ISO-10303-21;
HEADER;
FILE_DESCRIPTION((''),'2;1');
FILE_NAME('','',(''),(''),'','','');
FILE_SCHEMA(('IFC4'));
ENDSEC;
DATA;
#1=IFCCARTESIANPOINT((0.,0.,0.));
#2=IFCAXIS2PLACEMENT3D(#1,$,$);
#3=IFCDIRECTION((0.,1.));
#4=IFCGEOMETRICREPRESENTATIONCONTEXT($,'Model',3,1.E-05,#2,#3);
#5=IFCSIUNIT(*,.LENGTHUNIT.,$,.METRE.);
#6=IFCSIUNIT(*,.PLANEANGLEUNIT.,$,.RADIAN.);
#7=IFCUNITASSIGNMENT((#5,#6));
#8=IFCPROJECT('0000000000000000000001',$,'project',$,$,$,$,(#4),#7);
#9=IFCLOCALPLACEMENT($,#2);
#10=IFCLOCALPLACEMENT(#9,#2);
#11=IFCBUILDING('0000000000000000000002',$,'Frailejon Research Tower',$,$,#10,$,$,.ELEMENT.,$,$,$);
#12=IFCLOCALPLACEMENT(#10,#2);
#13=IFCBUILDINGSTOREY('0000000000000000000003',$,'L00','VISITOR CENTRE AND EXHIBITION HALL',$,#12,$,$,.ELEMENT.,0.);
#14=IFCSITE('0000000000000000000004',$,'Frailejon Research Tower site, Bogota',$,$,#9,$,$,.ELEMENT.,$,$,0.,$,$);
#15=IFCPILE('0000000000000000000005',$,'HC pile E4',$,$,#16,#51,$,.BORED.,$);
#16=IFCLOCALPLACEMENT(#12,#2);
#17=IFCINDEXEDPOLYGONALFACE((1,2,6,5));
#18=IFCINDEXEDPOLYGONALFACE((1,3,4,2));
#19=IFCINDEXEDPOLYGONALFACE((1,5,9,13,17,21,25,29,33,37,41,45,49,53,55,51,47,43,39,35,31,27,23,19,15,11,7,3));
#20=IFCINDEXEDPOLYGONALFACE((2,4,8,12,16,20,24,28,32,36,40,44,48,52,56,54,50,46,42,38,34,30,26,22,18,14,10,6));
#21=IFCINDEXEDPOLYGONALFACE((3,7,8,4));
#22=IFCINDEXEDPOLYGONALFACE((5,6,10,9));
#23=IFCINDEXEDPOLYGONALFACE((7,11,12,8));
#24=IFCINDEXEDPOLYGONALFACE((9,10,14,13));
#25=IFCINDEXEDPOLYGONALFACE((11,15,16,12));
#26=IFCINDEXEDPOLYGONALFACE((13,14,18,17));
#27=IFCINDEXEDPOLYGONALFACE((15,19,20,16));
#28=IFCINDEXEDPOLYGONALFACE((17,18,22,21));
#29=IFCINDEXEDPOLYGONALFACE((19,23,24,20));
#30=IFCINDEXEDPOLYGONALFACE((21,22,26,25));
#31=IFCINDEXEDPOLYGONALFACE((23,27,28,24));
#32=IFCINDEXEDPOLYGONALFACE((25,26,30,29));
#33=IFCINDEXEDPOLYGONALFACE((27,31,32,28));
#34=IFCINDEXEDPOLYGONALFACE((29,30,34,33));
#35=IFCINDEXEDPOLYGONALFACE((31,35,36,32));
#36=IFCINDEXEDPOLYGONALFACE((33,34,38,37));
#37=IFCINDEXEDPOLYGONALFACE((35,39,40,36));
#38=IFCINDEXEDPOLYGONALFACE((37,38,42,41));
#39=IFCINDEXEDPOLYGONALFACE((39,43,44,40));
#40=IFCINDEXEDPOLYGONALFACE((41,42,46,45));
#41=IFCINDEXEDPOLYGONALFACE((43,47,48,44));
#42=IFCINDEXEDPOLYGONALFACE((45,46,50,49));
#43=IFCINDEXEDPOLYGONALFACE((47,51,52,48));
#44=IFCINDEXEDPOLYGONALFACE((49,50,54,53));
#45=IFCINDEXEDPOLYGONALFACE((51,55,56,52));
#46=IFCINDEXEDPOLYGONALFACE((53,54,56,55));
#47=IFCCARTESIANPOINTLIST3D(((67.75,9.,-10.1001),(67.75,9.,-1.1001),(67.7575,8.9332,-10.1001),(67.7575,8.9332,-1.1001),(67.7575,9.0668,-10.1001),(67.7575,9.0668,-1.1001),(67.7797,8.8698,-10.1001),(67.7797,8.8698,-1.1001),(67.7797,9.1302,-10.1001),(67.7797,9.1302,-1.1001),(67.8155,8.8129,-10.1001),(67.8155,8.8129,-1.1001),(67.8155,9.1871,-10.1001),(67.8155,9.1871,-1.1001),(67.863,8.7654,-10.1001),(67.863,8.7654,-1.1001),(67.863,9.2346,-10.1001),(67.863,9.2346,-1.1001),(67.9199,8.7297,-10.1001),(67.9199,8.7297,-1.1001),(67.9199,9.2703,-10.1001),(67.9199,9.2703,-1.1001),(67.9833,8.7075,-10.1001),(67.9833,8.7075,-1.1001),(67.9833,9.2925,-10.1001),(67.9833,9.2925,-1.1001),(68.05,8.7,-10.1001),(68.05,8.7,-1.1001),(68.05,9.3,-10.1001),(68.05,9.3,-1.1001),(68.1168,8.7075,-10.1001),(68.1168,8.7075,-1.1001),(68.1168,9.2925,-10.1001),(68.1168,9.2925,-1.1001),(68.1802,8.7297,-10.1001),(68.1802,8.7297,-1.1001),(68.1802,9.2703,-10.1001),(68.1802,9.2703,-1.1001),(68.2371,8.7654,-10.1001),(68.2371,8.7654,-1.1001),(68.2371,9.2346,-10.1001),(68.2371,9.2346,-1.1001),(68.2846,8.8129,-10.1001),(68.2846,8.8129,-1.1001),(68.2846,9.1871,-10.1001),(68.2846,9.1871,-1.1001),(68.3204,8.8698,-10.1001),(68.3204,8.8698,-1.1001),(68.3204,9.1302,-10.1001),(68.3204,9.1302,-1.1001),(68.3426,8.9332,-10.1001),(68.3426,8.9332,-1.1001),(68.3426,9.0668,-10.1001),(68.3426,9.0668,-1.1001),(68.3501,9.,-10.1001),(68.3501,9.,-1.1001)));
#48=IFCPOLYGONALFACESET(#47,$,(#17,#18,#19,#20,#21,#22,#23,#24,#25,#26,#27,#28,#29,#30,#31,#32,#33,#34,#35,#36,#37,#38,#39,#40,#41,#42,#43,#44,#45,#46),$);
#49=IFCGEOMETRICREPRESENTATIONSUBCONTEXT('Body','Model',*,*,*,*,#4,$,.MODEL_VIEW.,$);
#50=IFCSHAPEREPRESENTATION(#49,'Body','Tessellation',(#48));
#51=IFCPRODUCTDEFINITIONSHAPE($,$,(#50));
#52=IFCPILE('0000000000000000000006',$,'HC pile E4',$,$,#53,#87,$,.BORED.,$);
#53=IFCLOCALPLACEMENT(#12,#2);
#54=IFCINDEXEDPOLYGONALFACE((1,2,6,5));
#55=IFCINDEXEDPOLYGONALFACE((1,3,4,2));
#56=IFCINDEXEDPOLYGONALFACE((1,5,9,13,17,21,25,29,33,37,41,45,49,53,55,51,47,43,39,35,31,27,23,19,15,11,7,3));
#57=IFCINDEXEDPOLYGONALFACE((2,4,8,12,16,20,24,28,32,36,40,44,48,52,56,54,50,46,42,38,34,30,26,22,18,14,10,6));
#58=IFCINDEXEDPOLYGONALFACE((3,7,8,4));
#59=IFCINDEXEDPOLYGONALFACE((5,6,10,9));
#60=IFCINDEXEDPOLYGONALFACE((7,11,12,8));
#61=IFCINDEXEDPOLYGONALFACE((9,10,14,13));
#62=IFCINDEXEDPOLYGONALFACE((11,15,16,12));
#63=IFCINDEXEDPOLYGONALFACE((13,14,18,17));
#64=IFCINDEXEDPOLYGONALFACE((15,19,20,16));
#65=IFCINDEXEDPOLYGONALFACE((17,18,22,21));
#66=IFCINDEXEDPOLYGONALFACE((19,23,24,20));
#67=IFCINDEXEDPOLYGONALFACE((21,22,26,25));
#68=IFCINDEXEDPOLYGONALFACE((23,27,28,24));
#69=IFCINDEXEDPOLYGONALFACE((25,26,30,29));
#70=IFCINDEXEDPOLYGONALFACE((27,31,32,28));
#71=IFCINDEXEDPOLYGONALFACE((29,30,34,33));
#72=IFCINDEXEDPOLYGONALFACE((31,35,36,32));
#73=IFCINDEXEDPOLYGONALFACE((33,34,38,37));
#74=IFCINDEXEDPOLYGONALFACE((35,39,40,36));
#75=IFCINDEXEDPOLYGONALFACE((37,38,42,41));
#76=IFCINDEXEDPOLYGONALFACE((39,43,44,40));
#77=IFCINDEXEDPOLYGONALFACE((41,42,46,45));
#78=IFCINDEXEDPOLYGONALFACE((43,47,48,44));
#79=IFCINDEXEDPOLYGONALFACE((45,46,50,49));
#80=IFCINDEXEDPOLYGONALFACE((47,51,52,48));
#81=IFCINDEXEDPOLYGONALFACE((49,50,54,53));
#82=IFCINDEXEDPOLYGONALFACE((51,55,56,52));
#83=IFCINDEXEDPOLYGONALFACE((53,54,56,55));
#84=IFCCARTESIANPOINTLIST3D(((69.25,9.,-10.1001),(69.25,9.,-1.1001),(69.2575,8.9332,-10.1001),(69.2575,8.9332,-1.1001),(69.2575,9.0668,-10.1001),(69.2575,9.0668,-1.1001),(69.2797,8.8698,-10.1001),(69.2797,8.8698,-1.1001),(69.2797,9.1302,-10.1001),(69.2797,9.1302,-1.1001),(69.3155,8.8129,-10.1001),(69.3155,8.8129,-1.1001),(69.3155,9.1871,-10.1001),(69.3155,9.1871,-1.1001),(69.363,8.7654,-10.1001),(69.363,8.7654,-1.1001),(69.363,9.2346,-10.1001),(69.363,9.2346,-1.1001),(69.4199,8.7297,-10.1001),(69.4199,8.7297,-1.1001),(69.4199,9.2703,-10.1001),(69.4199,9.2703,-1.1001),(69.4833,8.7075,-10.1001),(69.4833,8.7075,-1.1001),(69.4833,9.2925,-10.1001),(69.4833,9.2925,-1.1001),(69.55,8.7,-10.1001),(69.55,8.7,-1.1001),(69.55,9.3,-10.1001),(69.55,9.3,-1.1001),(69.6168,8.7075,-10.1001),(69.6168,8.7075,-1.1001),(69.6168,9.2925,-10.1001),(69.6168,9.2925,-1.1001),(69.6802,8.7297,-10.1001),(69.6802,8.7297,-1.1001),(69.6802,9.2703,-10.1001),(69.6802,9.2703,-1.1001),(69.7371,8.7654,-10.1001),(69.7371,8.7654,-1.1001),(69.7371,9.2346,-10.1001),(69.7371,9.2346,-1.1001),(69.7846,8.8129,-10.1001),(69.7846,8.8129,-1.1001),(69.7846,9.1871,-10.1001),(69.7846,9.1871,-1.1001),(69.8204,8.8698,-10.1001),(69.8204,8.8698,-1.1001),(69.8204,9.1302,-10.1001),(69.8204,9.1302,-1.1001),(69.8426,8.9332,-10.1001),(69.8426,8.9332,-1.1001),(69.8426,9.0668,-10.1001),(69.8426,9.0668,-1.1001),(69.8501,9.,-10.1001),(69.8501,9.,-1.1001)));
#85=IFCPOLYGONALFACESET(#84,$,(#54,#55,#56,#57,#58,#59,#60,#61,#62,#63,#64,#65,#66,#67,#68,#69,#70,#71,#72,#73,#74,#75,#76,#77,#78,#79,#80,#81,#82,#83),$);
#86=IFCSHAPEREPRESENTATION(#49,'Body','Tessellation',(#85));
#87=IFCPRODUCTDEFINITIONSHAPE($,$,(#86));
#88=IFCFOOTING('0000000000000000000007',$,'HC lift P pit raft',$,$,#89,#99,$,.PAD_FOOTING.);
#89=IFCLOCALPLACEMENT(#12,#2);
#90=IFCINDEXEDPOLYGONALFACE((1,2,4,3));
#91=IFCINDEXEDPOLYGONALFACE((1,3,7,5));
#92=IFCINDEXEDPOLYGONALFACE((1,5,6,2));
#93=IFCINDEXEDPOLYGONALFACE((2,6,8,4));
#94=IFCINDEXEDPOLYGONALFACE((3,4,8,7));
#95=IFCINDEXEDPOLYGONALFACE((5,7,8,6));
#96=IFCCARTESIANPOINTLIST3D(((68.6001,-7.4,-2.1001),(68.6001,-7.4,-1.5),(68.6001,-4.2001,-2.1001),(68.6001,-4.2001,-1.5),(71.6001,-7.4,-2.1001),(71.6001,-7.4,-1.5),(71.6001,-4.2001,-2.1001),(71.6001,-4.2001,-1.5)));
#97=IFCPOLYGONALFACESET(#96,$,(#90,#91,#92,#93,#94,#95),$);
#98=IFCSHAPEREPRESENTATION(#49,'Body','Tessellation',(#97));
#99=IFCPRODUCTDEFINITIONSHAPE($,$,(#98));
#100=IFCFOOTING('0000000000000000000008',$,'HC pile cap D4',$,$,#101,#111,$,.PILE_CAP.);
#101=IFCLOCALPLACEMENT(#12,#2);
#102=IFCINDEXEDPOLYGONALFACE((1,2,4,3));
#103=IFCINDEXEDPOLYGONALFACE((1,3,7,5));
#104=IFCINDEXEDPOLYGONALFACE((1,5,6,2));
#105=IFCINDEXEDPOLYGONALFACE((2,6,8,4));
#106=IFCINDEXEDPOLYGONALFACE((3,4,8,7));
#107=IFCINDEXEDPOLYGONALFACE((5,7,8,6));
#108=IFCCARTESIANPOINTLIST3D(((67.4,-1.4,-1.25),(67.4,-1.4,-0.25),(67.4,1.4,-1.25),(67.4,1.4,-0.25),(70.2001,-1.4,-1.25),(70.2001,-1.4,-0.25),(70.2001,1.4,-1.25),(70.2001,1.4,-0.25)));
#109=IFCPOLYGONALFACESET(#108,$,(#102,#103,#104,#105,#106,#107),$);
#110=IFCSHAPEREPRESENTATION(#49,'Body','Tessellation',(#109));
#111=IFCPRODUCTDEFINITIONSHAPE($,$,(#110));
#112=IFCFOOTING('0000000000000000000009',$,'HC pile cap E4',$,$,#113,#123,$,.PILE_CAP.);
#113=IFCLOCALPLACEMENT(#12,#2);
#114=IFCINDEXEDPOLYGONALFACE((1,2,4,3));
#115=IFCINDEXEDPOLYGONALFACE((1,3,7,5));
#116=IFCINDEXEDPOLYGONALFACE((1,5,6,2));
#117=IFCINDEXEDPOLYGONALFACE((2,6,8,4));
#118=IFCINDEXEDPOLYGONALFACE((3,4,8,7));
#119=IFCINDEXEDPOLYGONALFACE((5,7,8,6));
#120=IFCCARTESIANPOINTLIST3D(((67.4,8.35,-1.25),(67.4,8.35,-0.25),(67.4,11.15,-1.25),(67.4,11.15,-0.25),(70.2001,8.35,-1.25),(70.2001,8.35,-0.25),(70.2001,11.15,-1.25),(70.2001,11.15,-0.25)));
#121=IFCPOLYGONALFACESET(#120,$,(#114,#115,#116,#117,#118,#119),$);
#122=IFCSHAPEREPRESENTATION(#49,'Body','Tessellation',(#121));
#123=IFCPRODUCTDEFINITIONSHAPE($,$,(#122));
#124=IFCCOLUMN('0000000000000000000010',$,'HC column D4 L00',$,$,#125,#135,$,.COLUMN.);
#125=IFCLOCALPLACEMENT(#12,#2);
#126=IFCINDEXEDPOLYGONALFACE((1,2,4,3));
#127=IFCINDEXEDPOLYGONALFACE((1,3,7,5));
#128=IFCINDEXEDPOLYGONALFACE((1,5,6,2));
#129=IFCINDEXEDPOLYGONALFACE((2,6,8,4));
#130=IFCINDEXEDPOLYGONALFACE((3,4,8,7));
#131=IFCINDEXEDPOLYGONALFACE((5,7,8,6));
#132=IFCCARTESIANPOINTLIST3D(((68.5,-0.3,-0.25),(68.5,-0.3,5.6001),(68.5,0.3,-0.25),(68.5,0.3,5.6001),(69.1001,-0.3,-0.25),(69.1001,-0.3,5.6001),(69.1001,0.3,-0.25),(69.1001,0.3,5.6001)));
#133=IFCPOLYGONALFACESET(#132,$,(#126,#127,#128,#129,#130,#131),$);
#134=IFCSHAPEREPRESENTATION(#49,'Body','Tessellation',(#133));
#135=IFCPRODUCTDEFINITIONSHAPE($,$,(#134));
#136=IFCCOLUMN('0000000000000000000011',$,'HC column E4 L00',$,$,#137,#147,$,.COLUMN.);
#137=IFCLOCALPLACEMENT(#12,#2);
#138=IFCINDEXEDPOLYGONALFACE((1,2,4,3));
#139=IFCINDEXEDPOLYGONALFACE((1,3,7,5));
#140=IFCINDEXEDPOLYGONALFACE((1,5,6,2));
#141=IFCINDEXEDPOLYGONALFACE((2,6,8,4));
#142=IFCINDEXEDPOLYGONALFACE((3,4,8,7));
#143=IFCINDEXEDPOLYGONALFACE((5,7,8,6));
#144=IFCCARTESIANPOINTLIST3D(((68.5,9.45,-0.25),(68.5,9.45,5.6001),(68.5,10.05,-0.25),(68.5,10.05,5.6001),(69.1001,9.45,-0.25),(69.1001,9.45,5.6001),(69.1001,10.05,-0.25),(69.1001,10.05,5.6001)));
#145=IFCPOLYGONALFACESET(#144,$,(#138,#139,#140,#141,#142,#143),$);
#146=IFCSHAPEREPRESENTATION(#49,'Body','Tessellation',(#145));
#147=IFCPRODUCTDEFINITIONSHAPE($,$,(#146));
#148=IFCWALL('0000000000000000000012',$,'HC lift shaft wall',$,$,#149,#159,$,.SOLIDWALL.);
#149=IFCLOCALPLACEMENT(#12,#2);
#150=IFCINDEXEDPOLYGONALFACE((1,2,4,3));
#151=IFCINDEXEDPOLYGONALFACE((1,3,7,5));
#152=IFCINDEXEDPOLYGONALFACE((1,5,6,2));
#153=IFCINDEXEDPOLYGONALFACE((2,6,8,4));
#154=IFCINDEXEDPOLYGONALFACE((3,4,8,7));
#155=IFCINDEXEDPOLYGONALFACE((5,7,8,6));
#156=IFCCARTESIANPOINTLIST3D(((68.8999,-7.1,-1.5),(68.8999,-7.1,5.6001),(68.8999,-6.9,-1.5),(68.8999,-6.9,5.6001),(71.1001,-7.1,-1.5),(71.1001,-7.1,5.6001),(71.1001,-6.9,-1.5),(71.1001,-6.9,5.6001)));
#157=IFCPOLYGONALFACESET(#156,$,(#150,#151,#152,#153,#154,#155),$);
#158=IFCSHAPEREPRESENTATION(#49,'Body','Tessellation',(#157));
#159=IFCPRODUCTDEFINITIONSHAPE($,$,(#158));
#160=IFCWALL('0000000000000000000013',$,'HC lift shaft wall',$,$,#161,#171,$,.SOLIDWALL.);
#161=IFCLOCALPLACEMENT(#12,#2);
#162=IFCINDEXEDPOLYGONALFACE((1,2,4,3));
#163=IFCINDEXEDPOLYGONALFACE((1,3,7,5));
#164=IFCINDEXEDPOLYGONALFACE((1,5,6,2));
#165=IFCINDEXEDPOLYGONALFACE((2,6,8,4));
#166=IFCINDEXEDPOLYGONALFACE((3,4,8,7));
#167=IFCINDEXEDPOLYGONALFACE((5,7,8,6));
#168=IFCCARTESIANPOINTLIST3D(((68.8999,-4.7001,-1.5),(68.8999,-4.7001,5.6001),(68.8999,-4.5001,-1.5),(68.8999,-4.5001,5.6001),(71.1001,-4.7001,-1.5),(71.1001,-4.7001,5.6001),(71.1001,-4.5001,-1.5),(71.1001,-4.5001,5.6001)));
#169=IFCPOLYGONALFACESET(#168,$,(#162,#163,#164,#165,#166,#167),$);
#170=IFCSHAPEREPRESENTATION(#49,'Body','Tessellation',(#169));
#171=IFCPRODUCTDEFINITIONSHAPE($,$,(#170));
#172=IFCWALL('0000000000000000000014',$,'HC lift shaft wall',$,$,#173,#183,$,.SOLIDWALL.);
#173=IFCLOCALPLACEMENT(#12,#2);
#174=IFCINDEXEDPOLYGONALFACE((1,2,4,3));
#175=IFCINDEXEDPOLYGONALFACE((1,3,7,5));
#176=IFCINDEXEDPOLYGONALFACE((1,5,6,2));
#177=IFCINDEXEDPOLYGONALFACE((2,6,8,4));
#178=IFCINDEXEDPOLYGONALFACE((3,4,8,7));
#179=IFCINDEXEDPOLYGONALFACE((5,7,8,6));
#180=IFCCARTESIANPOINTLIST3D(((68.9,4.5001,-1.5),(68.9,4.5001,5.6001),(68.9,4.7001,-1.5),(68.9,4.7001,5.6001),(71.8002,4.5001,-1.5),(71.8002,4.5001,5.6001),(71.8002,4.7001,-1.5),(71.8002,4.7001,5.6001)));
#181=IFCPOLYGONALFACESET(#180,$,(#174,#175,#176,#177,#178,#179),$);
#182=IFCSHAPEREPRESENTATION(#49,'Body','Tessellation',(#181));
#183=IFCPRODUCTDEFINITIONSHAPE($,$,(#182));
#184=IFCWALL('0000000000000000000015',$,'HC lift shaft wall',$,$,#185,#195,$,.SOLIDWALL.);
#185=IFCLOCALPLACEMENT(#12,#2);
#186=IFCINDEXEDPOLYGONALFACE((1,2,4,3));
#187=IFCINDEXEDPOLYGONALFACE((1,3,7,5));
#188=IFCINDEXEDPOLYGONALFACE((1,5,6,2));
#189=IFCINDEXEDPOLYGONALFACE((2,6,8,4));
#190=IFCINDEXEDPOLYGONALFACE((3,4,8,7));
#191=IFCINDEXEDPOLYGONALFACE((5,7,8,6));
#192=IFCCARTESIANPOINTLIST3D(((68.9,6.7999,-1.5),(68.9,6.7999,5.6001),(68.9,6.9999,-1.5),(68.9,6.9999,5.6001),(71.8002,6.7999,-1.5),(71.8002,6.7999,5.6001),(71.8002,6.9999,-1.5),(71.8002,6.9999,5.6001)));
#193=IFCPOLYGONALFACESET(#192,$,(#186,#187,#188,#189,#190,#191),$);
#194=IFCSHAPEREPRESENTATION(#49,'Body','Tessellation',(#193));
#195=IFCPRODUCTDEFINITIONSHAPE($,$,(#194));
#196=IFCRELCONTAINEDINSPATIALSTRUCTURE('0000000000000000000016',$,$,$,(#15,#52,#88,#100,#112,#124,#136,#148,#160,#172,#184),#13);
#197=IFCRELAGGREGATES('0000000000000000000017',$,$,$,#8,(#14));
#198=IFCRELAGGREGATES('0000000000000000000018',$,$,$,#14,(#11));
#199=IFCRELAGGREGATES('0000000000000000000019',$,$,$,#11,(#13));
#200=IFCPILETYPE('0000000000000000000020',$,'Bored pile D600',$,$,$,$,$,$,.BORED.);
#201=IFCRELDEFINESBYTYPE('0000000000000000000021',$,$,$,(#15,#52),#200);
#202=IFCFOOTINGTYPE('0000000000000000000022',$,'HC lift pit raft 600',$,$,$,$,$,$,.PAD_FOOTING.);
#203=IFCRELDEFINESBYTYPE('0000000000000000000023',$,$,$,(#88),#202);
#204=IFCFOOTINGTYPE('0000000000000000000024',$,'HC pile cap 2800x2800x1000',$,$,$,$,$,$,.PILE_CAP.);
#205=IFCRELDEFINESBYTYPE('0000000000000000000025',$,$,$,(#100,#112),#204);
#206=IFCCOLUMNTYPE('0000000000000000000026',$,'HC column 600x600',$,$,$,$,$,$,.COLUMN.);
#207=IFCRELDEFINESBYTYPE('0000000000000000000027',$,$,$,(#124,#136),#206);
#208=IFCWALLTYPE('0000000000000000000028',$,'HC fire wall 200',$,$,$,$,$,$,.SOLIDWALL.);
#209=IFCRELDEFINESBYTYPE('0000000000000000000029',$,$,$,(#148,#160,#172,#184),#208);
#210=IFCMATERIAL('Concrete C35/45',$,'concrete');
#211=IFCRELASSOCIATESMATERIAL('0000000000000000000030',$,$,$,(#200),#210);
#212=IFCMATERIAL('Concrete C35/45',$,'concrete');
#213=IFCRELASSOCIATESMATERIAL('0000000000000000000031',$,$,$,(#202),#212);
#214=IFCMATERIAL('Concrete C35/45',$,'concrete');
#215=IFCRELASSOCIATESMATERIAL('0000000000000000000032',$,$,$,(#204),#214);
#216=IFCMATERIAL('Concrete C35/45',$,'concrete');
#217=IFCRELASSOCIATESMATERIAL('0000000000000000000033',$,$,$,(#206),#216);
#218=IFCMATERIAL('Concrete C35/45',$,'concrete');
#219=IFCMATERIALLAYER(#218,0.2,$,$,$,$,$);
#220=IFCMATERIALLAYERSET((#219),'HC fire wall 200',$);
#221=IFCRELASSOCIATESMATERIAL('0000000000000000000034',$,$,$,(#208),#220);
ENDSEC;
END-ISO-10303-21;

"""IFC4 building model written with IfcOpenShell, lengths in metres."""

from ifc_helpers import new_model, si_unit, direction, frame, frame_2d, origin, origin_2d, place, context, subcontext, project, spatial, rectangle, circle, extrude, material, layer, layer_set, material_profile, profile_set, type_object, element, save


model = new_model("IFC4")

# Units and contexts
model_context = context("Model", 3, precision=1e-05, world=origin(), true_north=direction((0.0, 1.0)))
body_context = subcontext(model_context, "Body", "Model", "MODEL_VIEW")
ifc_project = project(units=[si_unit("LENGTHUNIT", "METRE"), si_unit("PLANEANGLEUNIT", "RADIAN")], contexts=[model_context])

# Site, building, storey
site_placement = place(None, origin())
site = spatial("IfcSite", under=ifc_project, at=site_placement, Name="Frailejon Research Tower site, Bogota", CompositionType="ELEMENT", RefElevation=0.0)
building_placement = place(site_placement, origin())
building = spatial("IfcBuilding", under=site, at=building_placement, Name="Frailejon Research Tower", CompositionType="ELEMENT")
storey_placement = place(building_placement, origin())
storey = spatial("IfcBuildingStorey", under=building, at=storey_placement, Name="L00", Description="VISITOR CENTRE AND EXHIBITION HALL", CompositionType="ELEMENT", Elevation=0.0)

# Piles
ifc_material_1 = material(Name="Concrete C35/45", Category="concrete")
ifc_material_profile_1 = material_profile(ifc_material_1, circle(Radius=0.3, at=origin_2d()), Name="Bored pile D600")
ifc_profile_set_1 = profile_set([ifc_material_profile_1], Name="Concrete C35/45")
pile_type = type_object("IfcPileType", Name="Bored pile D600", PredefinedType="BORED", material=ifc_profile_set_1)
for number, where, z_axis, x_axis, name in (
    (1, (68.05, 9.0, -1.1001), (0.0, 0.0, -1.0), (1.0, 0.0, 0.0), "HC pile E4"),
    (2, (69.55, 9.0, -1.1001), (0.0, 0.0, -1.0), (1.0, 0.0, 0.0), "HC pile E4"),
):
    element("IfcPile", number, at=place(storey_placement, frame(where, z_axis=z_axis, x_axis=x_axis)), inside=storey, type_object=pile_type, Name=name, PredefinedType="BORED", context=body_context, shape_type="SweptSolid", body=[
        extrude(circle(Radius=0.3, at=origin_2d()), origin(), (0.0, 0.0, 1.0), 9.0),
    ])

# Footings
ifc_material_2 = material(Name="Concrete C35/45", Category="concrete")
footing_type_1 = type_object("IfcFootingType", Name="HC lift pit raft 600", PredefinedType="PAD_FOOTING", material=ifc_material_2)
footing_placement = place(storey_placement, frame((70.1001, -5.8, -2.1001), z_axis=(0.0, 0.0, 1.0), x_axis=(1.0, 0.0, 0.0)))
element("IfcFooting", 3, at=footing_placement, inside=storey, type_object=footing_type_1, Name="HC lift P pit raft", PredefinedType="PAD_FOOTING", context=body_context, shape_type="SweptSolid", body=[
    extrude(rectangle(XDim=3.0, YDim=3.2, at=origin_2d()), origin(), (0.0, 0.0, 1.0), 0.6001),
])
ifc_material_3 = material(Name="Concrete C35/45", Category="concrete")
footing_type_2 = type_object("IfcFootingType", Name="HC pile cap 2800x2800x1000", PredefinedType="PILE_CAP", material=ifc_material_3)
for number, where, z_axis, x_axis, name in (
    (4, (68.8, 0.0, -1.25), (0.0, 0.0, 1.0), (1.0, 0.0, 0.0), "HC pile cap D4"),
    (5, (68.8, 9.75, -1.25), (0.0, 0.0, 1.0), (1.0, 0.0, 0.0), "HC pile cap E4"),
):
    element("IfcFooting", number, at=place(storey_placement, frame(where, z_axis=z_axis, x_axis=x_axis)), inside=storey, type_object=footing_type_2, Name=name, PredefinedType="PILE_CAP", context=body_context, shape_type="SweptSolid", body=[
        extrude(rectangle(XDim=2.8, YDim=2.8, at=origin_2d()), origin(), (0.0, 0.0, 1.0), 1.0),
    ])

# Columns
ifc_material_4 = material(Name="Concrete C35/45", Category="concrete")
ifc_material_profile_2 = material_profile(ifc_material_4, rectangle(XDim=0.6001, YDim=0.6001, at=origin_2d()), Name="HC column 600x600")
ifc_profile_set_2 = profile_set([ifc_material_profile_2], Name="Concrete C35/45")
column_type = type_object("IfcColumnType", Name="HC column 600x600", PredefinedType="COLUMN", material=ifc_profile_set_2)
for number, where, z_axis, x_axis, name in (
    (6, (68.8, 0.0, -0.25), (0.0, 0.0, 1.0), (1.0, 0.0, 0.0), "HC column D4 L00"),
    (7, (68.8, 9.75, -0.25), (0.0, 0.0, 1.0), (1.0, 0.0, 0.0), "HC column E4 L00"),
):
    element("IfcColumn", number, at=place(storey_placement, frame(where, z_axis=z_axis, x_axis=x_axis)), inside=storey, type_object=column_type, Name=name, PredefinedType="COLUMN", context=body_context, shape_type="SweptSolid", body=[
        extrude(rectangle(XDim=0.6001, YDim=0.6001, at=origin_2d()), origin(), (0.0, 0.0, 1.0), 5.8501),
    ])

# Walls
ifc_material_5 = material(Name="Concrete C35/45", Category="concrete")
ifc_layer = layer(ifc_material_5, 0.2)
ifc_layer_set = layer_set([ifc_layer], Name="HC fire wall 200")
wall_type = type_object("IfcWallType", Name="HC fire wall 200", PredefinedType="SOLIDWALL", material=ifc_layer_set)
for number, where, z_axis, x_axis, name in (
    (8, (68.8999, -7.0, -1.5), (0.0, 0.0, 1.0), (1.0, 0.0, 0.0), "HC lift shaft wall"),
    (9, (68.8999, -4.6001, -1.5), (0.0, 0.0, 1.0), (1.0, 0.0, 0.0), "HC lift shaft wall"),
):
    element("IfcWall", number, at=place(storey_placement, frame(where, z_axis=z_axis, x_axis=x_axis)), inside=storey, type_object=wall_type, Name=name, PredefinedType="SOLIDWALL", context=body_context, shape_type="SweptSolid", body=[
        extrude(rectangle(XDim=2.2002, YDim=0.2, at=frame_2d((1.1001, 0.0))), origin(), (0.0, 0.0, 1.0), 7.1001),
    ])
for number, where, z_axis, x_axis, name in (
    (10, (68.8999, 4.6001, -1.5), (0.0, 0.0, 1.0), (1.0, 0.0, 0.0), "HC lift shaft wall"),
    (11, (68.8999, 6.8999, -1.5), (0.0, 0.0, 1.0), (1.0, 0.0, 0.0), "HC lift shaft wall"),
):
    element("IfcWall", number, at=place(storey_placement, frame(where, z_axis=z_axis, x_axis=x_axis)), inside=storey, type_object=wall_type, Name=name, PredefinedType="SOLIDWALL", context=body_context, shape_type="SweptSolid", body=[
        extrude(rectangle(XDim=2.9001, YDim=0.2, at=frame_2d((1.4502, 0.0))), origin(), (0.0, 0.0, 1.0), 7.1001),
    ])

save(model, "model.ifc")
